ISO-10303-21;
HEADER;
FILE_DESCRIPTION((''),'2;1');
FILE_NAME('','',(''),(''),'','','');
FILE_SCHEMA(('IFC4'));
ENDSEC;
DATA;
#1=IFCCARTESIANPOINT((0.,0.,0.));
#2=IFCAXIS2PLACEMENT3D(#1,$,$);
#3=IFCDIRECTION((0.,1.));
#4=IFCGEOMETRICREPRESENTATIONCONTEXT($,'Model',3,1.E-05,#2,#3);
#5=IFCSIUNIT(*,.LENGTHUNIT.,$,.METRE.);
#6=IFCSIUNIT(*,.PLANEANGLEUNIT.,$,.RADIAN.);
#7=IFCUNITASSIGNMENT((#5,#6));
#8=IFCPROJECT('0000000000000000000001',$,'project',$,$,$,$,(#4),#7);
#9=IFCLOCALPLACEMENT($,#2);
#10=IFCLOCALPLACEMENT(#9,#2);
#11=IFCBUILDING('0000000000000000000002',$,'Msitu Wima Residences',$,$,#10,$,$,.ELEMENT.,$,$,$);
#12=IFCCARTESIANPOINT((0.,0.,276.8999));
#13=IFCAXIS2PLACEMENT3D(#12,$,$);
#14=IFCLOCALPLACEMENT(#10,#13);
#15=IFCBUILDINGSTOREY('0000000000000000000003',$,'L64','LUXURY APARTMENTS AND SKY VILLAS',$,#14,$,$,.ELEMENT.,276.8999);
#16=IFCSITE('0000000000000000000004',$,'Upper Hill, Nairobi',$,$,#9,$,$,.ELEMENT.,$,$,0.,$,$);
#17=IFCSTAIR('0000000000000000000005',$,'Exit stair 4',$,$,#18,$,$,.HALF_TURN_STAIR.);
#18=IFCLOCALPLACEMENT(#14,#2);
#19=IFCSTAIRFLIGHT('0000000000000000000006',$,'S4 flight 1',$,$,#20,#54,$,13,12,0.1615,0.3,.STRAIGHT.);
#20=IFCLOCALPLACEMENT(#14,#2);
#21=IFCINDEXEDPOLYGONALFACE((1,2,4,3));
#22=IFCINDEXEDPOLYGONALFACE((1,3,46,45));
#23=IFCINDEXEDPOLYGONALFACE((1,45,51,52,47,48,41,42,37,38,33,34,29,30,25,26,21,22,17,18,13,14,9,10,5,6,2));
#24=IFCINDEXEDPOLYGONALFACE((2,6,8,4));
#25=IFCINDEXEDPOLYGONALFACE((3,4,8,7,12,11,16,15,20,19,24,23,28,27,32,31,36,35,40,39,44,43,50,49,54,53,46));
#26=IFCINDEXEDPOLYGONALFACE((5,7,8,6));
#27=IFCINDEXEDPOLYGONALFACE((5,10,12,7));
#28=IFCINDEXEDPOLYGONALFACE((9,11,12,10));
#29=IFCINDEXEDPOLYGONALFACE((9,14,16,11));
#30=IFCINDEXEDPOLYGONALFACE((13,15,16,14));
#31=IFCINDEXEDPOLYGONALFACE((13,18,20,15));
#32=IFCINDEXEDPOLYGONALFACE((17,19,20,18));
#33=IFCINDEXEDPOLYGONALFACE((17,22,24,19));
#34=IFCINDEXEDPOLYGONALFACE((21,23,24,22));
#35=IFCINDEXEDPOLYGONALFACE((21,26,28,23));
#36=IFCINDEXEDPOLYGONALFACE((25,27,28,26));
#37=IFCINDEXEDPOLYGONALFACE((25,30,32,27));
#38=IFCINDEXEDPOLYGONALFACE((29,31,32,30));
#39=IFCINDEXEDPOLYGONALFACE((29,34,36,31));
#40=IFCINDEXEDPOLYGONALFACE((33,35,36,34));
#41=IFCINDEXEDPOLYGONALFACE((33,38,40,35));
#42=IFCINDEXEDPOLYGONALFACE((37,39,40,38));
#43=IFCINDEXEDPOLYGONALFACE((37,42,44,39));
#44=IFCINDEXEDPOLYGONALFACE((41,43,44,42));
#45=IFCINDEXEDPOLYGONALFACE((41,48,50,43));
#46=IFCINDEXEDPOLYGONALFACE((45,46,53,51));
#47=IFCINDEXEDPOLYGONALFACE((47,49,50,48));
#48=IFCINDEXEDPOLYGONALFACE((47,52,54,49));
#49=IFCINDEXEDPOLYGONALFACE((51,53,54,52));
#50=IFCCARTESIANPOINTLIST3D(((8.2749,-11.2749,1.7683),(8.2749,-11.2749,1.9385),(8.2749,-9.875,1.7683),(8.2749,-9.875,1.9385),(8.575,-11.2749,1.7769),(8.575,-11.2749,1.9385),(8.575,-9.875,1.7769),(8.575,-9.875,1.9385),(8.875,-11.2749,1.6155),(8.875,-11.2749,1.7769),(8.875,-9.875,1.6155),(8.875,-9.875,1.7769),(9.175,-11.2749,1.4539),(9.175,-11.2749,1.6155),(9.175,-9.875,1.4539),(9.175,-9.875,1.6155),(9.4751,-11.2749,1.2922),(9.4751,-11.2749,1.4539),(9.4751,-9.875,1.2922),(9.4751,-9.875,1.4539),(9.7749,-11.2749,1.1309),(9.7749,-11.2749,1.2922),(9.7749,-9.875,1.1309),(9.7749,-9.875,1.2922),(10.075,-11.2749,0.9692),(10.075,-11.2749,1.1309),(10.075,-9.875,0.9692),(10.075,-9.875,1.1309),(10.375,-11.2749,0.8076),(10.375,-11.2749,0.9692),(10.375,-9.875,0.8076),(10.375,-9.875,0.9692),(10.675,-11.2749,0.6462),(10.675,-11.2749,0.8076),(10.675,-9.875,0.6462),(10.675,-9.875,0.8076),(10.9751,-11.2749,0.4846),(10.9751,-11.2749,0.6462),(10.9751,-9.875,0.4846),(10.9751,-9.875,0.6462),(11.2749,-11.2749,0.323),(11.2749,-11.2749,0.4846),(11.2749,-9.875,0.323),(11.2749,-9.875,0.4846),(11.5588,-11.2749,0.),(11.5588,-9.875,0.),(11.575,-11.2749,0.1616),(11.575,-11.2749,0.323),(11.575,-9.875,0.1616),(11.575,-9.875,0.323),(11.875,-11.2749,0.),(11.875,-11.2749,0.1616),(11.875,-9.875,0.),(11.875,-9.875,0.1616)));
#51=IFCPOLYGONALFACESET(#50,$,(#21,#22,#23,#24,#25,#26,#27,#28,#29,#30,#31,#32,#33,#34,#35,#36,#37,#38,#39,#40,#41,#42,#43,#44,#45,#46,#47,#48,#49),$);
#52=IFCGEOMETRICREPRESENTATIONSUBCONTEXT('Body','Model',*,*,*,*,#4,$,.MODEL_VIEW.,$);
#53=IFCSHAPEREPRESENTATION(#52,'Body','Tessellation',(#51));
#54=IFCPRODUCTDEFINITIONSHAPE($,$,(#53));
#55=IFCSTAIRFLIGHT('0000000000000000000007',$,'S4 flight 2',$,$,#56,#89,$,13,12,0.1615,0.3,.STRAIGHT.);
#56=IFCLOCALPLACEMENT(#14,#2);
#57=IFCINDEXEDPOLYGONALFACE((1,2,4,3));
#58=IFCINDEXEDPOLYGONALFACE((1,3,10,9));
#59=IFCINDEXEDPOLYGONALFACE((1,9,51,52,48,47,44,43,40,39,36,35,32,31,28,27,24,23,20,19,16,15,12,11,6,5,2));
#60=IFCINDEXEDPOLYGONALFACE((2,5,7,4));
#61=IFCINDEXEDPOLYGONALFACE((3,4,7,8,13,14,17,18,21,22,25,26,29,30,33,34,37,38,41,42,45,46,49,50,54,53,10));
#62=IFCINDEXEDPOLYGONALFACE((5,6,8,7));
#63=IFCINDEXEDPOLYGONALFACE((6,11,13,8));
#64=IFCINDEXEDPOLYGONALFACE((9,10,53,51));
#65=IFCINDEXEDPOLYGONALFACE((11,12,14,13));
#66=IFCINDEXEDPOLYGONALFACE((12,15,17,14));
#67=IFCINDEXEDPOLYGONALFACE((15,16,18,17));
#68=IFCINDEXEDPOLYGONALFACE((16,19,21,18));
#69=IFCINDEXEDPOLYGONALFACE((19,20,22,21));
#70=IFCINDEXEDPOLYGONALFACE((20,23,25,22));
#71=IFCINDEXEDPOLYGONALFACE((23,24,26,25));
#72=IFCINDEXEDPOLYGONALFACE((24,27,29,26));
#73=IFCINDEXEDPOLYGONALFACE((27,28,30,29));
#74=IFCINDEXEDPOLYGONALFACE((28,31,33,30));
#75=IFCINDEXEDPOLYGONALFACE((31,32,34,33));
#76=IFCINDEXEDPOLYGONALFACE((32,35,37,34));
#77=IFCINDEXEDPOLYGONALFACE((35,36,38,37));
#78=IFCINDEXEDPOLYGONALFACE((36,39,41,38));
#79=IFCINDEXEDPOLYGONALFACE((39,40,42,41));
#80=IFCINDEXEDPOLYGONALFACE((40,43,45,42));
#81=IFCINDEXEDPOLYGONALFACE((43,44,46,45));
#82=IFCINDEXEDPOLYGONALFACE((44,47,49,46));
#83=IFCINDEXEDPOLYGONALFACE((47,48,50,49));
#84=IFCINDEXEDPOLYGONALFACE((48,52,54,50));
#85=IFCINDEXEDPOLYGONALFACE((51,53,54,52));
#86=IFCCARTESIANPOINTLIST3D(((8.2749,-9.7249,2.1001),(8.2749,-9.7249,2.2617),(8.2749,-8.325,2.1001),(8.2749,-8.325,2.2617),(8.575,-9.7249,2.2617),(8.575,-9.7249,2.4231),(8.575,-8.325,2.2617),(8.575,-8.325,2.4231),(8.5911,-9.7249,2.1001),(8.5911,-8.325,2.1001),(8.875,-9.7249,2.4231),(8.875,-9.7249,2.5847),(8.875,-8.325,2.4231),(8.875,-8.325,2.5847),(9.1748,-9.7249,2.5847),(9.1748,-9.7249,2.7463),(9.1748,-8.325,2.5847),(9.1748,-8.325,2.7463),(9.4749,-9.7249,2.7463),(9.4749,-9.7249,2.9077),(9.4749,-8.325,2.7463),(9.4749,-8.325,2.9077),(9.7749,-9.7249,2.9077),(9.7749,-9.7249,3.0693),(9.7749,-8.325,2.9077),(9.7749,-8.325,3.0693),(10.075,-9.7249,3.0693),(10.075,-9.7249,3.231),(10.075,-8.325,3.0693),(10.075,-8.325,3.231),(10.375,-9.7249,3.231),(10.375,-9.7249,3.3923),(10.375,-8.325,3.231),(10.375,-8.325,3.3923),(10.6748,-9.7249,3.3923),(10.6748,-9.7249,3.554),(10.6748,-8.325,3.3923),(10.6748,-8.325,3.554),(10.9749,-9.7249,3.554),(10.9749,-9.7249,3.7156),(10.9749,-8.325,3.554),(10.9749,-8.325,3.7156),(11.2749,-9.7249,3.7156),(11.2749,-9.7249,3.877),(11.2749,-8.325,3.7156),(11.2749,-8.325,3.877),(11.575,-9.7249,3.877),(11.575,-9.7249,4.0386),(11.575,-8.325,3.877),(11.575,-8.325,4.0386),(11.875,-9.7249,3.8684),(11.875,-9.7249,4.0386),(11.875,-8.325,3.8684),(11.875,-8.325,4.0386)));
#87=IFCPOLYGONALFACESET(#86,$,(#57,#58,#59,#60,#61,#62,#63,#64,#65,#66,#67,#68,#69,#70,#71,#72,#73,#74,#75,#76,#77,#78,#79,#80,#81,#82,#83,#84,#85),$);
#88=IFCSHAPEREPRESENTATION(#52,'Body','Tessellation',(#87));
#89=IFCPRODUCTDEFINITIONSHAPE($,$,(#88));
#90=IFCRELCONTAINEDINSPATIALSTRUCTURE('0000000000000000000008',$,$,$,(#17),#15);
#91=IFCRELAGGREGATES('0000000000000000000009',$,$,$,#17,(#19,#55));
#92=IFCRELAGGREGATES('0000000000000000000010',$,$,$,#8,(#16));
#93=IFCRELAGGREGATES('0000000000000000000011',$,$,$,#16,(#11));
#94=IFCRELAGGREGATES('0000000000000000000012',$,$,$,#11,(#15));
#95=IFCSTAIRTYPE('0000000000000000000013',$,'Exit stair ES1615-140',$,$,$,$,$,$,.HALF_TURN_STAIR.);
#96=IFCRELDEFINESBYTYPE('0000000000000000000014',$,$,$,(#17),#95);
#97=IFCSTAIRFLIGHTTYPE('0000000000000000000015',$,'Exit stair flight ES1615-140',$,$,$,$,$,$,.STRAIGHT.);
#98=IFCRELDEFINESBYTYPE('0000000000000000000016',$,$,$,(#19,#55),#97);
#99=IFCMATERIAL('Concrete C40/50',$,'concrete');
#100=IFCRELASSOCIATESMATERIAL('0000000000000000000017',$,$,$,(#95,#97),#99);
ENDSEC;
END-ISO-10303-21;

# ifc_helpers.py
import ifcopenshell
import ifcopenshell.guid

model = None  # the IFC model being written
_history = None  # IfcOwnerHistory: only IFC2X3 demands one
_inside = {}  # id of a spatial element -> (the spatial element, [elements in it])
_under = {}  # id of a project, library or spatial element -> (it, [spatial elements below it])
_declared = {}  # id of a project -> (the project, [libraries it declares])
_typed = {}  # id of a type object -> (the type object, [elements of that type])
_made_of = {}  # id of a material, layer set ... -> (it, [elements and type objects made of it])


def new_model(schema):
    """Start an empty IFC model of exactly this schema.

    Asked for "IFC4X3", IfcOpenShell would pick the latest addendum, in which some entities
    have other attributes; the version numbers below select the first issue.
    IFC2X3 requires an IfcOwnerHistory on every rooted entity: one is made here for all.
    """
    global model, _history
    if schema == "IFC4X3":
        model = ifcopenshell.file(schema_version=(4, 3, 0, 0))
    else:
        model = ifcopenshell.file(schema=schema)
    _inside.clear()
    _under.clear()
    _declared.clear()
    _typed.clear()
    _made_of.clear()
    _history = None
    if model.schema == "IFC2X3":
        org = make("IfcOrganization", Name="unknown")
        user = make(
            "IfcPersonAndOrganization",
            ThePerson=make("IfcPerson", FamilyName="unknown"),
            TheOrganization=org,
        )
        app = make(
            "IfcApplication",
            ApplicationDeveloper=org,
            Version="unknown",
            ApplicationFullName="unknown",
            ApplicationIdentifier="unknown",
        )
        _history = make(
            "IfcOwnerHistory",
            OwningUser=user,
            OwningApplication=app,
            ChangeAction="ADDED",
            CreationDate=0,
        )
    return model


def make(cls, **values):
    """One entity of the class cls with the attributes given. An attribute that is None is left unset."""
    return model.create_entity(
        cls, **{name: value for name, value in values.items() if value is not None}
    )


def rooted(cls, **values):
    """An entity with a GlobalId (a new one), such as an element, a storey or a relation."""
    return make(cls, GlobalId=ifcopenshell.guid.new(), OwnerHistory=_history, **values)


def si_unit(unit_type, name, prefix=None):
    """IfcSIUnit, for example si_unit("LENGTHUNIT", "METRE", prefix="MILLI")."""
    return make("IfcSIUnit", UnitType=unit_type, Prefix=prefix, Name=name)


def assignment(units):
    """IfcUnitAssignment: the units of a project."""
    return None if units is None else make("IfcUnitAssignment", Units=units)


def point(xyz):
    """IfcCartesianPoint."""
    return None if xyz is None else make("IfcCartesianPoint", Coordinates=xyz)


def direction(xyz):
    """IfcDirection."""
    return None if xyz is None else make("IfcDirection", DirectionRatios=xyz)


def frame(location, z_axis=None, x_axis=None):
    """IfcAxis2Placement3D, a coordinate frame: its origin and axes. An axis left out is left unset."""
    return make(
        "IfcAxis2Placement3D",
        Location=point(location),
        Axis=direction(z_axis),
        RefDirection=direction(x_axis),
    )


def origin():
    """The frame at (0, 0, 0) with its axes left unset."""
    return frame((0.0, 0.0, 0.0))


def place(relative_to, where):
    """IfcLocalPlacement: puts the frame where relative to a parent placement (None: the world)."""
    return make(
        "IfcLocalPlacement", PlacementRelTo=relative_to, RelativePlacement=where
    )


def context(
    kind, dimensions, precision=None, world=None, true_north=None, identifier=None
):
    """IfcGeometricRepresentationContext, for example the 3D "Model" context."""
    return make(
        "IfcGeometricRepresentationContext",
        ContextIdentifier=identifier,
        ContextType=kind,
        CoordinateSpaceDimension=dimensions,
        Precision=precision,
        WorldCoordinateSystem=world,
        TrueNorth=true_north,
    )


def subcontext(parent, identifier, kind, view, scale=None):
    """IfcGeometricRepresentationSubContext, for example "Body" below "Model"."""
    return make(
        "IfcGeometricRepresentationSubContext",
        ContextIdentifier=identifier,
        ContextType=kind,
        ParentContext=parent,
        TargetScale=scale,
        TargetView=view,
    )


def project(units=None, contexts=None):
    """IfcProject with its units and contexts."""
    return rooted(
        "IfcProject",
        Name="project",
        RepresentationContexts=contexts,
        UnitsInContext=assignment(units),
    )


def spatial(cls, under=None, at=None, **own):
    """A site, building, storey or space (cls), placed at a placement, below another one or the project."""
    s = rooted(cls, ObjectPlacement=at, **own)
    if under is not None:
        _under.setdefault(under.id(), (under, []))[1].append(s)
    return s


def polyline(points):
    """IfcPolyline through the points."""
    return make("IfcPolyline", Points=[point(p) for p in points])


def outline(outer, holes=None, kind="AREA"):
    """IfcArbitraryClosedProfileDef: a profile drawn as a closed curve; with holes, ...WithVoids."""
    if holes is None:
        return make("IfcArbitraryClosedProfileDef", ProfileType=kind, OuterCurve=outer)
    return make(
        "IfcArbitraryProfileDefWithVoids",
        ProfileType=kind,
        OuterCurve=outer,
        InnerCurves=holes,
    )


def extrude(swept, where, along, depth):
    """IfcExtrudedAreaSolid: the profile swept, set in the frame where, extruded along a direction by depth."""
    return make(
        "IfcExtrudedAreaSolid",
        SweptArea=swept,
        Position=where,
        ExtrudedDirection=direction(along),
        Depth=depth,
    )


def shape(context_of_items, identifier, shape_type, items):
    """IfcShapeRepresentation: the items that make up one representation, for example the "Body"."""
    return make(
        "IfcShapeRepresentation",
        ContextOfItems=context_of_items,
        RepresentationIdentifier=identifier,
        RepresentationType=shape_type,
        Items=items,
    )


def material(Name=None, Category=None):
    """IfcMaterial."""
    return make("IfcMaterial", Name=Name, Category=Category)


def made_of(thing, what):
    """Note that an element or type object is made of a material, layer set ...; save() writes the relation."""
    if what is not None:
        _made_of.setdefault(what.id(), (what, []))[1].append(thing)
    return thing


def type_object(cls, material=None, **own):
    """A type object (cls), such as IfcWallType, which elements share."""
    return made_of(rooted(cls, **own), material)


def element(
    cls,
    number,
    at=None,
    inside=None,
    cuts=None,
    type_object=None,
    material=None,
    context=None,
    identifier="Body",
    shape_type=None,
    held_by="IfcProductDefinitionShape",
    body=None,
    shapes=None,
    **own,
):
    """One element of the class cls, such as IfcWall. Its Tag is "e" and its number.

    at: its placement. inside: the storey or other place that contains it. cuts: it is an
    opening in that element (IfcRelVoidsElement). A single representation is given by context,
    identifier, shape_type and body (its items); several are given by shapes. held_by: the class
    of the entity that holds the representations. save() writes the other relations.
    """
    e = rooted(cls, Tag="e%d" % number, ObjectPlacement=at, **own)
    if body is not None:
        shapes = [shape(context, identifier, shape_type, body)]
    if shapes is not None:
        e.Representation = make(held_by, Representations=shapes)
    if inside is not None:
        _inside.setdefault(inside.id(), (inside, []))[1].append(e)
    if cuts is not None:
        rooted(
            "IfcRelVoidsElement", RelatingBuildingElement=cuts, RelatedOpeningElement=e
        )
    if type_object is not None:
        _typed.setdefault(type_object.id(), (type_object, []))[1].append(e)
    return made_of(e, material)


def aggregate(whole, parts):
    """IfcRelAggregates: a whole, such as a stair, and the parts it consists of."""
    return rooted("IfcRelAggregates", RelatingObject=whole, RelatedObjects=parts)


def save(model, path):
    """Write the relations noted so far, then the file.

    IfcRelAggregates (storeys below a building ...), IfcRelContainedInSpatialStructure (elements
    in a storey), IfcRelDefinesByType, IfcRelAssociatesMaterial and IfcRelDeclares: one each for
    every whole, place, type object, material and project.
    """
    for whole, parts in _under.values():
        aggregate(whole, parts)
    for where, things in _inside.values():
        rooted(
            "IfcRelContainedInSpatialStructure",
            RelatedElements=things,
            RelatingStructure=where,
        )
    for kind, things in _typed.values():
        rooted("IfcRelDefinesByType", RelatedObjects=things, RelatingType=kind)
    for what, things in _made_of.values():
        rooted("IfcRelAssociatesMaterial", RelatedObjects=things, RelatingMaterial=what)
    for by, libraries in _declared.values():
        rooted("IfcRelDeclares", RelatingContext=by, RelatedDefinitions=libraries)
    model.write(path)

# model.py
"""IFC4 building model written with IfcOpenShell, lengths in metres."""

from ifc_helpers import new_model, si_unit, direction, frame, origin, place, context, subcontext, project, spatial, polyline, outline, extrude, material, type_object, element, aggregate, save


model = new_model("IFC4")

# Units and contexts
model_context = context("Model", 3, precision=1e-05, world=origin(), true_north=direction((0.0, 1.0)))
body_context = subcontext(model_context, "Body", "Model", "MODEL_VIEW")
ifc_project = project(units=[si_unit("LENGTHUNIT", "METRE"), si_unit("PLANEANGLEUNIT", "RADIAN")], contexts=[model_context])

# Site, building, storey
site_placement = place(None, origin())
site = spatial("IfcSite", under=ifc_project, at=site_placement, Name="Upper Hill, Nairobi", CompositionType="ELEMENT", RefElevation=0.0)
building_placement = place(site_placement, origin())
building = spatial("IfcBuilding", under=site, at=building_placement, Name="Msitu Wima Residences", CompositionType="ELEMENT")
storey_placement = place(building_placement, frame((0.0, 0.0, 276.8999)))
storey = spatial("IfcBuildingStorey", under=building, at=storey_placement, Name="L64", Description="LUXURY APARTMENTS AND SKY VILLAS", CompositionType="ELEMENT", Elevation=276.8999)

# Shared definitions
ifc_material_1 = material(Name="Concrete C40/50", Category="concrete")

# Shared definitions
stair_type = type_object("IfcStairType", Name="Exit stair ES1615-140", PredefinedType="HALF_TURN_STAIR", material=ifc_material_1)

# Stair, stair flights
stair_1_placement = place(storey_placement, origin())
stair_1 = element("IfcStair", 1, at=stair_1_placement, inside=storey, type_object=stair_type, Name="Exit stair 4", PredefinedType="HALF_TURN_STAIR")
stair_flight_type = type_object("IfcStairFlightType", Name="Exit stair flight ES1615-140", PredefinedType="STRAIGHT", material=ifc_material_1)
stair_flight_1_placement = place(storey_placement, frame((11.875, -10.575, 0.0), z_axis=(0.0, 0.0, 1.0), x_axis=(-1.0, 0.0, 0.0)))
stair_flight_1 = element("IfcStairFlight", 2, at=stair_flight_1_placement, type_object=stair_flight_type, Name="S4 flight 1", NumberOfRisers=13, NumberOfTreads=12, PredefinedType="STRAIGHT", RiserHeight=0.1615, TreadLength=0.3, context=body_context, shape_type="SweptSolid", body=[
    extrude(outline(polyline([(0.0, 0.0), (0.0, 0.1616), (0.3, 0.1616), (0.3, 0.323), (0.6001, 0.323), (0.6001, 0.4846), (0.8999, 0.4846), (0.8999, 0.6462), (1.2, 0.6462), (1.2, 0.8076), (1.5, 0.8076), (1.5, 0.9692), (1.8, 0.9692), (1.8, 1.1309), (2.1001, 1.1309), (2.1001, 1.2922), (2.3999, 1.2922), (2.3999, 1.4539), (2.7, 1.4539), (2.7, 1.6155), (3.0, 1.6155), (3.0, 1.7769), (3.3, 1.7769), (3.3, 1.9385), (3.6001, 1.9385), (3.6001, 2.1001), (3.6001, 1.7683), (0.3162, 0.0), (0.0, 0.0)])), frame((0.0, 0.7, 0.0), z_axis=(0.0, -1.0, 0.0), x_axis=(1.0, 0.0, 0.0)), (0.0, 0.0, 1.0), 1.3999),
])
stair_flight_2_placement = place(storey_placement, frame((8.2749, -9.0249, 2.1001), z_axis=(0.0, 0.0, 1.0), x_axis=(1.0, 0.0, 0.0)))
stair_flight_2 = element("IfcStairFlight", 3, at=stair_flight_2_placement, type_object=stair_flight_type, Name="S4 flight 2", NumberOfRisers=13, NumberOfTreads=12, PredefinedType="STRAIGHT", RiserHeight=0.1615, TreadLength=0.3, context=body_context, shape_type="SweptSolid", body=[
    extrude(outline(polyline([(0.0, 0.0), (0.0, 0.1616), (0.3, 0.1616), (0.3, 0.323), (0.6001, 0.323), (0.6001, 0.4846), (0.8999, 0.4846), (0.8999, 0.6462), (1.2, 0.6462), (1.2, 0.8076), (1.5, 0.8076), (1.5, 0.9692), (1.8, 0.9692), (1.8, 1.1309), (2.1001, 1.1309), (2.1001, 1.2922), (2.3999, 1.2922), (2.3999, 1.4539), (2.7, 1.4539), (2.7, 1.6155), (3.0, 1.6155), (3.0, 1.7769), (3.3, 1.7769), (3.3, 1.9385), (3.6001, 1.9385), (3.6001, 2.1001), (3.6001, 1.7683), (0.3162, 0.0), (0.0, 0.0)])), frame((0.0, 0.7, 0.0), z_axis=(0.0, -1.0, 0.0), x_axis=(1.0, 0.0, 0.0)), (0.0, 0.0, 1.0), 1.3999),
])
aggregate(stair_1, [stair_flight_1, stair_flight_2])

save(model, "model.ifc")
